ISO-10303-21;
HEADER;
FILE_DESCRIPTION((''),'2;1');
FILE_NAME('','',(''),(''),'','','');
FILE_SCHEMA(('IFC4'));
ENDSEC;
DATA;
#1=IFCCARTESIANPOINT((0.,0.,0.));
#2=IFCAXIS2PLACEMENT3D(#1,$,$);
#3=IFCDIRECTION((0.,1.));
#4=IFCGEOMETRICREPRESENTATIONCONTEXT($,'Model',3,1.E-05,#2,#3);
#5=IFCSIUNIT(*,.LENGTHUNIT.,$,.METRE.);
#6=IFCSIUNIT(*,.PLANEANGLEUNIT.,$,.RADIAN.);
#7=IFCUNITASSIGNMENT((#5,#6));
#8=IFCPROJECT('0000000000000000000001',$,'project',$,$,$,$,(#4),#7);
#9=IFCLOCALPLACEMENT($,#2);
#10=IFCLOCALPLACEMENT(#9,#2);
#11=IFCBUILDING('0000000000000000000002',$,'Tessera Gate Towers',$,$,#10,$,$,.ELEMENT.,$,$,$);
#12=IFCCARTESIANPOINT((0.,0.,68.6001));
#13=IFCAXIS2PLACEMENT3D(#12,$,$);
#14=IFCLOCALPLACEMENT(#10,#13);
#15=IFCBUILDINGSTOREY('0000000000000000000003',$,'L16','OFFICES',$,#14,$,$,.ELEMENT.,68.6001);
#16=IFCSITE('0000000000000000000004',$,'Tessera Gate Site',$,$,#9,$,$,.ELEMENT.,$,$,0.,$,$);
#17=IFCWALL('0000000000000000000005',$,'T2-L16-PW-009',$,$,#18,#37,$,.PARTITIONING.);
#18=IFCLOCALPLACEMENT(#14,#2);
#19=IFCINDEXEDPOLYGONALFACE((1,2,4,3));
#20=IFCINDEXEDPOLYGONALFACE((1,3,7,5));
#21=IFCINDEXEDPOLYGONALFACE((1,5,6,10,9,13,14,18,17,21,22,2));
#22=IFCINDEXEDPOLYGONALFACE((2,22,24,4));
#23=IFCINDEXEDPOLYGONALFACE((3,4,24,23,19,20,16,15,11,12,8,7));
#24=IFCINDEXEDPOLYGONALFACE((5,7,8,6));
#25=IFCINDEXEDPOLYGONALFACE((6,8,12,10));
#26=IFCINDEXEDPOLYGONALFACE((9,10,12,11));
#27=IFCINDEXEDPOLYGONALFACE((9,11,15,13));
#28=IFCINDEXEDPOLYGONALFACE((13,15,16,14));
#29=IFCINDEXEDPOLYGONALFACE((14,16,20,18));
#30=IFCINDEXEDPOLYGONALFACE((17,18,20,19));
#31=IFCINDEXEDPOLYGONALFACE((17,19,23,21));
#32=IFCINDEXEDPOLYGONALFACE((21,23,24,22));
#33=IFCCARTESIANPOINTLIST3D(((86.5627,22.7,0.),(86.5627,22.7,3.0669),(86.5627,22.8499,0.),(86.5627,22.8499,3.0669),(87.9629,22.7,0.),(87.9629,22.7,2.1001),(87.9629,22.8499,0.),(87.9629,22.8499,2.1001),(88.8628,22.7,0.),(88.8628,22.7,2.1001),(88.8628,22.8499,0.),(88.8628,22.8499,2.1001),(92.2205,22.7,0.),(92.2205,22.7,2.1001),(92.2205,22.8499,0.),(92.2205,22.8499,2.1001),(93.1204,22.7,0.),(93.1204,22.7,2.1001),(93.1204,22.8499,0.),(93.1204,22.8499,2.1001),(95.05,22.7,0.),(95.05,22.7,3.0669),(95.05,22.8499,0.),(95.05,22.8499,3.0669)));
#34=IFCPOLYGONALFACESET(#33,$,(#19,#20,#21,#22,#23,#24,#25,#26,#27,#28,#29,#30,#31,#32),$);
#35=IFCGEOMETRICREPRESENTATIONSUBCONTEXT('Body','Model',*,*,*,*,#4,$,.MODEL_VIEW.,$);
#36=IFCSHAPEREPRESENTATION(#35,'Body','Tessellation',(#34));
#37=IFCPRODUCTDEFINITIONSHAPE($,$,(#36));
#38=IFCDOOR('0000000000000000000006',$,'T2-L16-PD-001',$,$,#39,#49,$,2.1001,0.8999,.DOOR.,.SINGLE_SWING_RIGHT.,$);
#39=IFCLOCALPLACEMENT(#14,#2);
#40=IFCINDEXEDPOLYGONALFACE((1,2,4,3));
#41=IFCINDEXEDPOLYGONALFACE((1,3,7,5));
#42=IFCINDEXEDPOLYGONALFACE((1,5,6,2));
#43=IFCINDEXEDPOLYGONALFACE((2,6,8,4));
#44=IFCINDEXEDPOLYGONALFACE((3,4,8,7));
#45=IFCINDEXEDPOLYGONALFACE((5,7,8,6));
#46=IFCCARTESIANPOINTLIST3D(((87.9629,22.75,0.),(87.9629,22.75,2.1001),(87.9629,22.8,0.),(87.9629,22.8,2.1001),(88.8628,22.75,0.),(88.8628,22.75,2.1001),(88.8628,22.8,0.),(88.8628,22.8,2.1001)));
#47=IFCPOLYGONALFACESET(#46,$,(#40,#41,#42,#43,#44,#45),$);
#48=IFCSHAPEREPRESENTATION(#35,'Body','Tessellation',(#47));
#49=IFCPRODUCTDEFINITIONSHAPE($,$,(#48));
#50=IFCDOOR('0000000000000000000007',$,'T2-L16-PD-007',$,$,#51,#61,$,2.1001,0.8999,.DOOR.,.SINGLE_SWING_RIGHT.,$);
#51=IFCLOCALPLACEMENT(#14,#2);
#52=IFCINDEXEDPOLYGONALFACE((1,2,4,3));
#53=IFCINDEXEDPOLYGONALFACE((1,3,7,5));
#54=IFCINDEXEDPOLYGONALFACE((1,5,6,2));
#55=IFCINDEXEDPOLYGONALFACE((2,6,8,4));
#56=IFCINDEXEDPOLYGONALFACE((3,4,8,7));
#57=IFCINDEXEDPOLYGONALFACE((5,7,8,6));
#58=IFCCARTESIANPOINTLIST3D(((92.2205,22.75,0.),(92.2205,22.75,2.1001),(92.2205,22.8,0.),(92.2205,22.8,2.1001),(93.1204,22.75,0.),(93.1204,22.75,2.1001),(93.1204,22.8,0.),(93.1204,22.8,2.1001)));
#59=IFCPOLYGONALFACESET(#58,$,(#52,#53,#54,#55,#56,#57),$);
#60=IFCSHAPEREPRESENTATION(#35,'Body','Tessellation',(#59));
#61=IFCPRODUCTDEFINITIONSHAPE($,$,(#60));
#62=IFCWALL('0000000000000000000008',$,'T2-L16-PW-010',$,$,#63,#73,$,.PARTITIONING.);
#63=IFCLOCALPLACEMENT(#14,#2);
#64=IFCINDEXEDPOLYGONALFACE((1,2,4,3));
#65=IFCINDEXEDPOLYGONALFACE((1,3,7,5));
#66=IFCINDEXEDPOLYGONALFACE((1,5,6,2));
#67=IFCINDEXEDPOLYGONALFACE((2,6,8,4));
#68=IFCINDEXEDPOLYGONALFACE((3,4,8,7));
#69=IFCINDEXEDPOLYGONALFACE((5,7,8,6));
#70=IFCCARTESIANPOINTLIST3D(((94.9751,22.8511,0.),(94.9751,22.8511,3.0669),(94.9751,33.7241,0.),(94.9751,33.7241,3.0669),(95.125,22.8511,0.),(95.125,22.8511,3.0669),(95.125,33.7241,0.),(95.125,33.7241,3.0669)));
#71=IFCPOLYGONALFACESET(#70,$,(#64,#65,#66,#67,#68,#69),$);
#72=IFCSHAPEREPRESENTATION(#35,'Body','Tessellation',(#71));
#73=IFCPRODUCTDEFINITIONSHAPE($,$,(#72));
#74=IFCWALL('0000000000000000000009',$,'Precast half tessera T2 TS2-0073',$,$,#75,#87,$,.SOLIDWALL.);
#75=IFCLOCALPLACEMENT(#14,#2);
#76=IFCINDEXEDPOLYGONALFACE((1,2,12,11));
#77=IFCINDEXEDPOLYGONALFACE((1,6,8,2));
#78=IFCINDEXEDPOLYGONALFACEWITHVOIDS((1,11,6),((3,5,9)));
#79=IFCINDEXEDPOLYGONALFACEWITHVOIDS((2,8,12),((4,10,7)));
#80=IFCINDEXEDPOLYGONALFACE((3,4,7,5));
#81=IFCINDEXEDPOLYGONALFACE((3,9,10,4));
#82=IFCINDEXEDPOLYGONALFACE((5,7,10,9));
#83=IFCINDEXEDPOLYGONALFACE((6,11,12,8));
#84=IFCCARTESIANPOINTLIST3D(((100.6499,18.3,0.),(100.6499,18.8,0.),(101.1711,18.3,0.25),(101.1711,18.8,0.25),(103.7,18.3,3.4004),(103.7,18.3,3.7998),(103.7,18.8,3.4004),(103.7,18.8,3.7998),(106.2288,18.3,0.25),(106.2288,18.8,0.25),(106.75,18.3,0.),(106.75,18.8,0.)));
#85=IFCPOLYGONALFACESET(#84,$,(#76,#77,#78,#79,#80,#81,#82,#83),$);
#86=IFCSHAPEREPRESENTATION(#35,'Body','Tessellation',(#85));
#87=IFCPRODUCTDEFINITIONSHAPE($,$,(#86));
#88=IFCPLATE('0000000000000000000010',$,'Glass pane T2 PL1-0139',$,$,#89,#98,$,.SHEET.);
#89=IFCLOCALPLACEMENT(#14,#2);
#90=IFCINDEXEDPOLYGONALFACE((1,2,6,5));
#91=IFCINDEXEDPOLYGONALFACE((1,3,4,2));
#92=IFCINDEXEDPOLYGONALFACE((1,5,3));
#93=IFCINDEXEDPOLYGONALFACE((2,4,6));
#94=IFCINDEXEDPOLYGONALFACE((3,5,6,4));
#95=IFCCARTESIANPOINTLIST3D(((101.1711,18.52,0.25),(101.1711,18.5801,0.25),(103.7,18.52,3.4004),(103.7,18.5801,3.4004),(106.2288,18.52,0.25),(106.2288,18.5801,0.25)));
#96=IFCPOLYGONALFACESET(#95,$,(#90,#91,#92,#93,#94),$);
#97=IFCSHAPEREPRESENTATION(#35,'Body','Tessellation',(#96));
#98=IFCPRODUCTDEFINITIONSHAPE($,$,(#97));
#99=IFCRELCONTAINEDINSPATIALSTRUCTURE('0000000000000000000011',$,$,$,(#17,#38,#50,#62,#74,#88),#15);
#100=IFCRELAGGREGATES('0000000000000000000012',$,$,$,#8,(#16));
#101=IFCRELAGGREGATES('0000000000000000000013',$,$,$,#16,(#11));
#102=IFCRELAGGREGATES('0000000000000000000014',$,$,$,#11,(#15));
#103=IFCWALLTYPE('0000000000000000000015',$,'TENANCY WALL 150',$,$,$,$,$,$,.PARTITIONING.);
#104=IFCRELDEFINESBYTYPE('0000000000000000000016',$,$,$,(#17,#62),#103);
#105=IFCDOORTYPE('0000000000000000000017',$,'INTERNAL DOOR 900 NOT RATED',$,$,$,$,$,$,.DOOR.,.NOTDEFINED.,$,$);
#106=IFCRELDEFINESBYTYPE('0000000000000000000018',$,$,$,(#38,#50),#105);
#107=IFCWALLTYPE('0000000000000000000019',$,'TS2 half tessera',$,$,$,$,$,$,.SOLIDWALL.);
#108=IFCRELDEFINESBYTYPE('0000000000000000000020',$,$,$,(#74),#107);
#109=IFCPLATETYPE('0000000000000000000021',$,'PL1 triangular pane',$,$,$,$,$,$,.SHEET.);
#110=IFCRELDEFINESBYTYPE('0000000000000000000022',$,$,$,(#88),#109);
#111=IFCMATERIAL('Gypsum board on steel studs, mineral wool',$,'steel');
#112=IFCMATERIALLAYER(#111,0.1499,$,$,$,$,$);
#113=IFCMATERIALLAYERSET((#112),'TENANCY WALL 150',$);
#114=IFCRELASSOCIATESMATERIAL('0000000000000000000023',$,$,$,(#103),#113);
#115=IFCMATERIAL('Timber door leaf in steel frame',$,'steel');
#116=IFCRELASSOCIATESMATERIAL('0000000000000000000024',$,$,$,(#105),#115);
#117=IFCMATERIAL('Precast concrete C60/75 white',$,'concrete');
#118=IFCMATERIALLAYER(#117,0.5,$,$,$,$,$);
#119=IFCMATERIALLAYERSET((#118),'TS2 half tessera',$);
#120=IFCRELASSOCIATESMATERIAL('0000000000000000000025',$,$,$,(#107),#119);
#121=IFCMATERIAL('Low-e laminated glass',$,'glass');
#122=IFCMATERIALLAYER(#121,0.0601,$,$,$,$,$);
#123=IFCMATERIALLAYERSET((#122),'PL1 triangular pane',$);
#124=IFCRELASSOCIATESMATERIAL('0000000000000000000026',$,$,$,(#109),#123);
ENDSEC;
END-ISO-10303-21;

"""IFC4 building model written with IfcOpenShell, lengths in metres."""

from ifc_helpers import new_model, si_unit, direction, frame, frame_2d, origin, place, context, subcontext, project, spatial, polyline, rectangle, outline, extrude, source, transform, mapped, material, layer, layer_set, type_object, element, fill, save


model = new_model("IFC4")

# Units and contexts
model_context = context("Model", 3, precision=1e-05, world=origin(), true_north=direction((0.0, 1.0)))
body_context = subcontext(model_context, "Body", "Model", "MODEL_VIEW")
ifc_project = project(units=[si_unit("LENGTHUNIT", "METRE"), si_unit("PLANEANGLEUNIT", "RADIAN")], contexts=[model_context])

# Site, building, storey
site_placement = place(None, origin())
site = spatial("IfcSite", under=ifc_project, at=site_placement, Name="Tessera Gate Site", CompositionType="ELEMENT", RefElevation=0.0)
building_placement = place(site_placement, origin())
building = spatial("IfcBuilding", under=site, at=building_placement, Name="Tessera Gate Towers", CompositionType="ELEMENT")
storey_placement = place(building_placement, frame((0.0, 0.0, 68.6001)))
storey = spatial("IfcBuildingStorey", under=building, at=storey_placement, Name="L16", Description="OFFICES", CompositionType="ELEMENT", Elevation=68.6001)

# Shared definitions
ifc_material_1 = material(Name="Gypsum board on steel studs, mineral wool", Category="steel")
ifc_layer_1 = layer(ifc_material_1, 0.1499)
ifc_layer_set_1 = layer_set([ifc_layer_1], Name="TENANCY WALL 150")
wall_type_1 = type_object("IfcWallType", Name="TENANCY WALL 150", PredefinedType="PARTITIONING", material=ifc_layer_set_1)

# Wall, openings, doors
wall_1_placement = place(storey_placement, frame((95.05, 22.7749, 0.0), z_axis=(0.0, 0.0, 1.0), x_axis=(-1.0, 0.0, 0.0)))
wall_1 = element("IfcWall", 1, at=wall_1_placement, inside=storey, type_object=wall_type_1, Name="T2-L16-PW-009", PredefinedType="PARTITIONING", context=body_context, shape_type="SweptSolid", body=[
    extrude(rectangle(XDim=8.4873, YDim=0.1499, at=frame_2d((4.2437, 0.0))), origin(), (0.0, 0.0, 1.0), 3.0669),
])
shared_shape_1 = source(origin(), body_context, "Body", "SweptSolid", [
    extrude(rectangle(XDim=0.8999, YDim=2.1001, at=frame_2d((0.45, 1.05))), frame((0.0, 0.085, 0.0), z_axis=(0.0, -1.0, 0.0), x_axis=(1.0, 0.0, 0.0)), (0.0, 0.0, 1.0), 0.1699),
])
opening_1_placement = place(wall_1_placement, frame((6.1873, 0.0, 0.0)))
opening_1 = element("IfcOpeningElement", 2, at=opening_1_placement, cuts=wall_1, PredefinedType="OPENING", context=body_context, shape_type="MappedRepresentation", body=[
    mapped(shared_shape_1, transform((0.0, 0.0, 0.0), scale=1.0)),
])
opening_2_placement = place(wall_1_placement, frame((1.9297, 0.0, 0.0)))
opening_2 = element("IfcOpeningElement", 3, at=opening_2_placement, cuts=wall_1, PredefinedType="OPENING", context=body_context, shape_type="MappedRepresentation", body=[
    mapped(shared_shape_1, transform((0.0, 0.0, 0.0), scale=1.0)),
])
ifc_material_2 = material(Name="Timber door leaf in steel frame", Category="steel")
door_type = type_object("IfcDoorType", Name="INTERNAL DOOR 900 NOT RATED", OperationType="NOTDEFINED", PredefinedType="DOOR", material=ifc_material_2)
shared_shape_2 = source(origin(), body_context, "Body", "SweptSolid", [
    extrude(rectangle(XDim=0.8999, YDim=2.1001, at=frame_2d((0.45, 1.05))), frame((0.0, 0.0249, 0.0), z_axis=(0.0, -1.0, 0.0), x_axis=(1.0, 0.0, 0.0)), (0.0, 0.0, 1.0), 0.05),
])
door_1_placement = place(opening_1_placement, origin())
door_1 = element("IfcDoor", 4, at=door_1_placement, inside=storey, type_object=door_type, Name="T2-L16-PD-001", OperationType="SINGLE_SWING_RIGHT", OverallHeight=2.1001, OverallWidth=0.8999, PredefinedType="DOOR", context=body_context, shape_type="MappedRepresentation", body=[
    mapped(shared_shape_2, transform((0.0, 0.0, 0.0), scale=1.0)),
])
fill(opening_1, door_1)
door_2_placement = place(opening_2_placement, origin())
door_2 = element("IfcDoor", 5, at=door_2_placement, inside=storey, type_object=door_type, Name="T2-L16-PD-007", OperationType="SINGLE_SWING_RIGHT", OverallHeight=2.1001, OverallWidth=0.8999, PredefinedType="DOOR", context=body_context, shape_type="MappedRepresentation", body=[
    mapped(shared_shape_2, transform((0.0, 0.0, 0.0), scale=1.0)),
])
fill(opening_2, door_2)

# Wall
wall_2_placement = place(storey_placement, frame((95.05, 22.8511, 0.0), z_axis=(0.0, 0.0, 1.0), x_axis=(0.0, 1.0, 0.0)))
element("IfcWall", 6, at=wall_2_placement, inside=storey, type_object=wall_type_1, Name="T2-L16-PW-010", PredefinedType="PARTITIONING", context=body_context, shape_type="SweptSolid", body=[
    extrude(rectangle(XDim=10.873, YDim=0.1499, at=frame_2d((5.4365, 0.0))), origin(), (0.0, 0.0, 1.0), 3.0669),
])

# Wall, opening, plate
ifc_material_3 = material(Name="Precast concrete C60/75 white", Category="concrete")
ifc_layer_2 = layer(ifc_material_3, 0.5)
ifc_layer_set_2 = layer_set([ifc_layer_2], Name="TS2 half tessera")
wall_type_2 = type_object("IfcWallType", Name="TS2 half tessera", PredefinedType="SOLIDWALL", material=ifc_layer_set_2)
shared_shape_3 = source(origin(), body_context, "Body", "SweptSolid", [
    extrude(outline(polyline([(6.1001, 0.0), (3.05, 3.7998), (0.0, 0.0), (6.1001, 0.0)])), frame((0.0, 0.25, 0.0), z_axis=(0.0, -1.0, 0.0), x_axis=(1.0, 0.0, 0.0)), (0.0, 0.0, 1.0), 0.5),
])
wall_3_placement = place(storey_placement, frame((100.6499, 18.55, 0.0), z_axis=(0.0, 0.0, 1.0), x_axis=(1.0, 0.0, 0.0)))
wall_3 = element("IfcWall", 7, at=wall_3_placement, inside=storey, type_object=wall_type_2, Name="Precast half tessera T2 TS2-0073", PredefinedType="SOLIDWALL", context=body_context, shape_type="MappedRepresentation", body=[
    mapped(shared_shape_3, transform((0.0, 0.0, 0.0), scale=1.0)),
])
shared_shape_4 = source(origin(), body_context, "Body", "SweptSolid", [
    extrude(outline(polyline([(5.5789, 0.25), (3.05, 3.4004), (0.5212, 0.25), (5.5789, 0.25)])), frame((0.0, 0.26, 0.0), z_axis=(0.0, -1.0, 0.0), x_axis=(1.0, 0.0, 0.0)), (0.0, 0.0, 1.0), 0.52),
])
opening_3_placement = place(wall_3_placement, origin())
opening_3 = element("IfcOpeningElement", 8, at=opening_3_placement, cuts=wall_3, PredefinedType="OPENING", context=body_context, shape_type="MappedRepresentation", body=[
    mapped(shared_shape_4, transform((0.0, 0.0, 0.0), scale=1.0)),
])
ifc_material_4 = material(Name="Low-e laminated glass", Category="glass")
ifc_layer_3 = layer(ifc_material_4, 0.0601)
ifc_layer_set_3 = layer_set([ifc_layer_3], Name="PL1 triangular pane")
plate_type = type_object("IfcPlateType", Name="PL1 triangular pane", PredefinedType="SHEET", material=ifc_layer_set_3)
shared_shape_5 = source(origin(), body_context, "Body", "SweptSolid", [
    extrude(outline(polyline([(5.5789, 0.25), (3.05, 3.4004), (0.5212, 0.25), (5.5789, 0.25)])), frame((0.0, 0.03, 0.0), z_axis=(0.0, -1.0, 0.0), x_axis=(1.0, 0.0, 0.0)), (0.0, 0.0, 1.0), 0.0601),
])
plate_placement = place(opening_3_placement, origin())
plate = element("IfcPlate", 9, at=plate_placement, inside=storey, type_object=plate_type, Name="Glass pane T2 PL1-0139", PredefinedType="SHEET", context=body_context, shape_type="MappedRepresentation", body=[
    mapped(shared_shape_5, transform((0.0, 0.0, 0.0), scale=1.0)),
])
fill(opening_3, plate)

save(model, "model.ifc")
